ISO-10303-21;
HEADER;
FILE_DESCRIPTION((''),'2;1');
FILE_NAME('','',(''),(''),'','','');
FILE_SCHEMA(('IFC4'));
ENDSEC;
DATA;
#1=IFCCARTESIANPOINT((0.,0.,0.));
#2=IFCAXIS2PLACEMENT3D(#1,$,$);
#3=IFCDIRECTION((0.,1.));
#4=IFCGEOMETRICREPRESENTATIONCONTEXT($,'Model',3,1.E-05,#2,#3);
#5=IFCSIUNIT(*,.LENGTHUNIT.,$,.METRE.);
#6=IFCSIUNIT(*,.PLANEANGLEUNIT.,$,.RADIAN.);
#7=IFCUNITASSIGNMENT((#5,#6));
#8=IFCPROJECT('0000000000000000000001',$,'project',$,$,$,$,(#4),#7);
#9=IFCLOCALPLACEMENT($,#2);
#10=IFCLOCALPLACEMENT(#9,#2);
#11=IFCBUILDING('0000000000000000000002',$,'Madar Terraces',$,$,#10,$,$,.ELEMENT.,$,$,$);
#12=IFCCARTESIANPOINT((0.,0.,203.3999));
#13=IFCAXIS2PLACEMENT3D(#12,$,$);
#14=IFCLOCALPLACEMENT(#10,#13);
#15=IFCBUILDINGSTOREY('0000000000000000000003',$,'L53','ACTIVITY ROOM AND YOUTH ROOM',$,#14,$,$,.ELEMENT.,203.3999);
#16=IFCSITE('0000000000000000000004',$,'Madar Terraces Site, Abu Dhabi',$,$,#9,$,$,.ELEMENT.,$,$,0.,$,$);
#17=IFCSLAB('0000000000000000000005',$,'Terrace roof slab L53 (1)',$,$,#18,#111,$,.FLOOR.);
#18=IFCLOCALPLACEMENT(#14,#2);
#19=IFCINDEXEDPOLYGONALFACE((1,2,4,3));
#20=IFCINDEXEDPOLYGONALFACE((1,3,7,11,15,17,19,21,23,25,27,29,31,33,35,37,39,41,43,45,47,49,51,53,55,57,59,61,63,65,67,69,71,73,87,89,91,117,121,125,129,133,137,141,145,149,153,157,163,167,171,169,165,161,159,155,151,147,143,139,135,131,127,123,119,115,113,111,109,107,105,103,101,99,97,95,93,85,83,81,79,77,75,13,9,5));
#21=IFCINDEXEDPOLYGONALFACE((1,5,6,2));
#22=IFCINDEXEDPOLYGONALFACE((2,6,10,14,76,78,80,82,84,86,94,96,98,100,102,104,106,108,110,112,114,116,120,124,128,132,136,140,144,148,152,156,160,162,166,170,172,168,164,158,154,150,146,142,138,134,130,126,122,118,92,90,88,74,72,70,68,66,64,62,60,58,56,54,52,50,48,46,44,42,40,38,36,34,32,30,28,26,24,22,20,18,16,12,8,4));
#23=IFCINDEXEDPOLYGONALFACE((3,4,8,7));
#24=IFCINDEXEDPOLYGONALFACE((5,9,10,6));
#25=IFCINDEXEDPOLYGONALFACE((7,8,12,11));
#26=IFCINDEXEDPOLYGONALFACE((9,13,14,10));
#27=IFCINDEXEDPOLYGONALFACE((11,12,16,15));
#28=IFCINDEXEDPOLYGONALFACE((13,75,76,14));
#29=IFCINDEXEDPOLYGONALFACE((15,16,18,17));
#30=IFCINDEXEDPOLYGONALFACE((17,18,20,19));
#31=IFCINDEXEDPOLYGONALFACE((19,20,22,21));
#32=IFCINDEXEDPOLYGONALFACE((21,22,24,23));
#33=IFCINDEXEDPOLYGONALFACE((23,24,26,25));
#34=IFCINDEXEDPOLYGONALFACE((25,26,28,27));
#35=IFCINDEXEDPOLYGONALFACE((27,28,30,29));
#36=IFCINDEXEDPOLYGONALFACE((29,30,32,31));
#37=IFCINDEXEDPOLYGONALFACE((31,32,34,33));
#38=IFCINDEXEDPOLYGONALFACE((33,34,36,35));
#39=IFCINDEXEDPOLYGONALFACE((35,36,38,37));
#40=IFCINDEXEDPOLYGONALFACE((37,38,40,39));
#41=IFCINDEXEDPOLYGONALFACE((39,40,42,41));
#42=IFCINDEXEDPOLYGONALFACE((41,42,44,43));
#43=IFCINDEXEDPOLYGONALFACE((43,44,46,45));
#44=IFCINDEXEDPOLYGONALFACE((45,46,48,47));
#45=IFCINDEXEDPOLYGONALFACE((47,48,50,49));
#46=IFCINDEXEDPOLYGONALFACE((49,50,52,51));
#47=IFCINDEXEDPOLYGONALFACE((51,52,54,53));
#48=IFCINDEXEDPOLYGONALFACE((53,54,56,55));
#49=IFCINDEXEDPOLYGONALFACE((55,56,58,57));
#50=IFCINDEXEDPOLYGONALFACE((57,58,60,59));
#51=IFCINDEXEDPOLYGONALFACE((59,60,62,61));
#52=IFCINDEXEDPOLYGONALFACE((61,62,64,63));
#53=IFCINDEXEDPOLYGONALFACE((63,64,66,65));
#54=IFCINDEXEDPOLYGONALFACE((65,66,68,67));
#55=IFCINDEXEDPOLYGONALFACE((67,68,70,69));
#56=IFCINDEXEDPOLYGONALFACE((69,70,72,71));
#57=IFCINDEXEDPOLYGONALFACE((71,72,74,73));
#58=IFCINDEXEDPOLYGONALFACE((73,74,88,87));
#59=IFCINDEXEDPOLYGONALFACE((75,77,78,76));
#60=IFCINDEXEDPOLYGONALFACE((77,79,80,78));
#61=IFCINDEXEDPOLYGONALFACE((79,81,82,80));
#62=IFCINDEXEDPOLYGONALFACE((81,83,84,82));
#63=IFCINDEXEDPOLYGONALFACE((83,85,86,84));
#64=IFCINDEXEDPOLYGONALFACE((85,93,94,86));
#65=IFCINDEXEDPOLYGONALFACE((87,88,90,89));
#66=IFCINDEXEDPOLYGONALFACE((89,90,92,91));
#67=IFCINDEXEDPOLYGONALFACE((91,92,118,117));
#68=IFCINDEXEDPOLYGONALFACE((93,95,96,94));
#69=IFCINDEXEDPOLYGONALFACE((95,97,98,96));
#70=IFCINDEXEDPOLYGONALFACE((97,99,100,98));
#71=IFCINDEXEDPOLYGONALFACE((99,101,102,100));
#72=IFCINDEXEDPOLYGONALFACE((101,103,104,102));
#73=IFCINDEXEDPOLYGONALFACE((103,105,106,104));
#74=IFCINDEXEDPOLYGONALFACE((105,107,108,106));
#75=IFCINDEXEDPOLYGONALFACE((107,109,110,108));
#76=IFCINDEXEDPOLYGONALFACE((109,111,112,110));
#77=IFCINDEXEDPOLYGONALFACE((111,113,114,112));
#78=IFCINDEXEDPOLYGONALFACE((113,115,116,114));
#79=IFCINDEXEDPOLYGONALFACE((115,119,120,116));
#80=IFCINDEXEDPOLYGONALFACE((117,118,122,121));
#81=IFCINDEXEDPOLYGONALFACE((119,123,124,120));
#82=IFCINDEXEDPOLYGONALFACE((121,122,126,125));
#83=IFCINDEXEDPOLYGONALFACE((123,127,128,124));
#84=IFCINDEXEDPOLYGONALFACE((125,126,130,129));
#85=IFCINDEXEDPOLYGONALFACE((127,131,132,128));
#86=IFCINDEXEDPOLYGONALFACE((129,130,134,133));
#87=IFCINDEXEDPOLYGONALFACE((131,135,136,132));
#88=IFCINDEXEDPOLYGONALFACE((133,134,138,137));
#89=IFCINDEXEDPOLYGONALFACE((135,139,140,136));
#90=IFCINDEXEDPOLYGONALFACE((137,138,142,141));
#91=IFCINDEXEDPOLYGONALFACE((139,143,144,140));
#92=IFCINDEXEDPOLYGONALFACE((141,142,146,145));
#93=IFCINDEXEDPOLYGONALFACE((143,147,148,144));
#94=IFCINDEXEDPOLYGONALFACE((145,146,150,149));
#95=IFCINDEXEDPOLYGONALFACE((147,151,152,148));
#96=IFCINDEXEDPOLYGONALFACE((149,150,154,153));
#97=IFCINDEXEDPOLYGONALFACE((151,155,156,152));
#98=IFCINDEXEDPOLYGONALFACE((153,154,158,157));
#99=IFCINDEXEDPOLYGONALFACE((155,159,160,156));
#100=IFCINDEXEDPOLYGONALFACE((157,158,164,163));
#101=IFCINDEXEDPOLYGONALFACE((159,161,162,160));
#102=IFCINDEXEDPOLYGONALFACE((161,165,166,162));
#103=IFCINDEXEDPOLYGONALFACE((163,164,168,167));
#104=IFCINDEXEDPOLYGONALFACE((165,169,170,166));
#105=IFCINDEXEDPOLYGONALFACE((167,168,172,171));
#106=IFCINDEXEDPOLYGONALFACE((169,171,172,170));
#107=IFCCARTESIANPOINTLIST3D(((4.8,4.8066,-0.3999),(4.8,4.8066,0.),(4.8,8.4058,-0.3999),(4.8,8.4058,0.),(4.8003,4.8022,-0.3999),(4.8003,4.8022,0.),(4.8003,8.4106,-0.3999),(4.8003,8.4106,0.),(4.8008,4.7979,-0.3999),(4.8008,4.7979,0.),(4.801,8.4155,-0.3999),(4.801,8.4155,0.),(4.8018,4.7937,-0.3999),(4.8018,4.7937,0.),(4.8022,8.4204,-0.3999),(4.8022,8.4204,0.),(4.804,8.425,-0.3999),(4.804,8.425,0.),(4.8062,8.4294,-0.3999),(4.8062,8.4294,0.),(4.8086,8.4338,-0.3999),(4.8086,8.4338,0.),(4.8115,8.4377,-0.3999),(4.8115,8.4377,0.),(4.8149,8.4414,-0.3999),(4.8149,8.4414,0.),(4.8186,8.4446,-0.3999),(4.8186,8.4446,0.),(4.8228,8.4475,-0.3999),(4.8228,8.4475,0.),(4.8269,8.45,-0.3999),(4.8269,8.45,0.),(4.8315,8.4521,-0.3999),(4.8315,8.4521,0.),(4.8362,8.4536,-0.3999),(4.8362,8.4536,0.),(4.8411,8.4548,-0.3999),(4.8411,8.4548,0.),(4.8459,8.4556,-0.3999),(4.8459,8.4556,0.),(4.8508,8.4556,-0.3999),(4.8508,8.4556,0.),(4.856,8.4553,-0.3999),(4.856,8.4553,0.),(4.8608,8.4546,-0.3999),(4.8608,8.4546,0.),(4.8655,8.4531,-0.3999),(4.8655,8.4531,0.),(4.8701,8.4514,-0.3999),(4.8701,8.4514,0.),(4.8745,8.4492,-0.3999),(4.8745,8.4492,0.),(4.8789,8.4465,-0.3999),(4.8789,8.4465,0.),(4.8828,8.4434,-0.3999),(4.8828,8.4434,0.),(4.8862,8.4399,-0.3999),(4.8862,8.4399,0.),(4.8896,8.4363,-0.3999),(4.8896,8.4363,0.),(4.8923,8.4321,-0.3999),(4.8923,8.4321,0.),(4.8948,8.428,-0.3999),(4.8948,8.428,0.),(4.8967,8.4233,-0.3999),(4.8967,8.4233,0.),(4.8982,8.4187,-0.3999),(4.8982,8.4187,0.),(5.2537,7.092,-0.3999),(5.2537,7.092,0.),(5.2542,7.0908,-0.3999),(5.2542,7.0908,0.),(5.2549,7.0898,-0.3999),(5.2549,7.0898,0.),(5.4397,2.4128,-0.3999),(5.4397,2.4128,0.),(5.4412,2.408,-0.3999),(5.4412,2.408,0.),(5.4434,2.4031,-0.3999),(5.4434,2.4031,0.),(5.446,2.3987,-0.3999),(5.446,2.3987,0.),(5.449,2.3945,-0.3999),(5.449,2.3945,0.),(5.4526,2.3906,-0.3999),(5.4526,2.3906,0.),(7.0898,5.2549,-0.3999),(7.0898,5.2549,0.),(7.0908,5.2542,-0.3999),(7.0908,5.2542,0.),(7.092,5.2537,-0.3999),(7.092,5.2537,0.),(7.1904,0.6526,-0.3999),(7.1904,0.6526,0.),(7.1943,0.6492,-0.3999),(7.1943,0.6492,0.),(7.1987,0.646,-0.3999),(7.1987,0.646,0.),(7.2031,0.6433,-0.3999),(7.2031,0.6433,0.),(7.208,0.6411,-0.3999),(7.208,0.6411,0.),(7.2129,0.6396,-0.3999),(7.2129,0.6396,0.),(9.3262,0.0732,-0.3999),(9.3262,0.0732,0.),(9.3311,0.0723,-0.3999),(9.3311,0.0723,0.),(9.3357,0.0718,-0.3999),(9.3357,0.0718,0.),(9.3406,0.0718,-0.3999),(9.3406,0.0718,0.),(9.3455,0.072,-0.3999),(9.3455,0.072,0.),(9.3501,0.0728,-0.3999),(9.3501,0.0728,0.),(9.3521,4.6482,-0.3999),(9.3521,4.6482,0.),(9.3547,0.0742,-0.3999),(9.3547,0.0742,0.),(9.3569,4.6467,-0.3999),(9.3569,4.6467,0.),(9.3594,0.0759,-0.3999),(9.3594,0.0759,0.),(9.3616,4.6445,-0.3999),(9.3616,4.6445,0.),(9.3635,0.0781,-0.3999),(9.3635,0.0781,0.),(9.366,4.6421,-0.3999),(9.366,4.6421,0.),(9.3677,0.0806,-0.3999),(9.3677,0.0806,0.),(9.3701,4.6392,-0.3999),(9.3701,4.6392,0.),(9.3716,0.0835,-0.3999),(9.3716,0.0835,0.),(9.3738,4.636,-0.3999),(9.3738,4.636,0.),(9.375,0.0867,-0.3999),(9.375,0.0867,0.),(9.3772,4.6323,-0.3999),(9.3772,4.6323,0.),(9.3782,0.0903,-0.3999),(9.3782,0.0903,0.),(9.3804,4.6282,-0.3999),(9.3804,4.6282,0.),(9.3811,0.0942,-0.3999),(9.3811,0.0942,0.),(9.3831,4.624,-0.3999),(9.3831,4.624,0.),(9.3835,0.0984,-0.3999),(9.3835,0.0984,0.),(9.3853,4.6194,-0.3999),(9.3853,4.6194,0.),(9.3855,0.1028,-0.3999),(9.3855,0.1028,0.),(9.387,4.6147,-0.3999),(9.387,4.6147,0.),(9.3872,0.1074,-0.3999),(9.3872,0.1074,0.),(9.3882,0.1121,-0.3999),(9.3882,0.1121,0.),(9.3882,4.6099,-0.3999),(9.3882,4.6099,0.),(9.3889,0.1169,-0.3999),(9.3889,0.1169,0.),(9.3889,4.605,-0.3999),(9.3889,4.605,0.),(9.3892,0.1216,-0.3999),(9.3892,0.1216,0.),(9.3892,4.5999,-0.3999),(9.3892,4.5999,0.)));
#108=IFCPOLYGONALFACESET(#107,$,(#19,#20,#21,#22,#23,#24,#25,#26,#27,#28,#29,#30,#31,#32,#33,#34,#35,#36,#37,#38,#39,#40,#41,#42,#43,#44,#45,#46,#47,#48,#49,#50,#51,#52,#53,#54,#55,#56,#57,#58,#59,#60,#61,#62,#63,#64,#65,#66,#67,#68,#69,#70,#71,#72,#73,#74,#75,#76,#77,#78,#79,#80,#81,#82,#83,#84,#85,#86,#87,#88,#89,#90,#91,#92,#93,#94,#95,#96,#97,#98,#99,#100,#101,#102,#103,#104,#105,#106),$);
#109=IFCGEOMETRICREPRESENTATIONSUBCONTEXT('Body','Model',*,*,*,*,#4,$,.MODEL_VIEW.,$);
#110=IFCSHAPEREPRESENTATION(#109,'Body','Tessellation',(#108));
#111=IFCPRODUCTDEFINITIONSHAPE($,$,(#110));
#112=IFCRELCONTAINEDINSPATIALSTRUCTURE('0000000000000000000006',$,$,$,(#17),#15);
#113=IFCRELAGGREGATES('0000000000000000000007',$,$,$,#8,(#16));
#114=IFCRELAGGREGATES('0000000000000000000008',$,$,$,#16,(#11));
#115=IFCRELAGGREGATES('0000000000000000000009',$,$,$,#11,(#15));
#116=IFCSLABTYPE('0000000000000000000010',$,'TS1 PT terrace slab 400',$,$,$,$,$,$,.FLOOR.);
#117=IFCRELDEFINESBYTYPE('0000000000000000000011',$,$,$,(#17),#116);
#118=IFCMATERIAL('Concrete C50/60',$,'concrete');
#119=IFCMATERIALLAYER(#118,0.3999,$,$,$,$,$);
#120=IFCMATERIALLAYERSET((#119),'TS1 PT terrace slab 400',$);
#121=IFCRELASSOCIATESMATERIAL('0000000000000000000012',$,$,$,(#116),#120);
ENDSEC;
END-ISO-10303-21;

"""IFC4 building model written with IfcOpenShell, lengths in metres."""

from ifc_helpers import new_model, si_unit, direction, frame, origin, place, context, subcontext, project, spatial, polyline, outline, extrude, material, layer, layer_set, type_object, element, save


model = new_model("IFC4")

# Units and contexts
model_context = context("Model", 3, precision=1e-05, world=origin(), true_north=direction((0.0, 1.0)))
body_context = subcontext(model_context, "Body", "Model", "MODEL_VIEW")
ifc_project = project(units=[si_unit("LENGTHUNIT", "METRE"), si_unit("PLANEANGLEUNIT", "RADIAN")], contexts=[model_context])

# Site, building, storey
site_placement = place(None, origin())
site = spatial("IfcSite", under=ifc_project, at=site_placement, Name="Madar Terraces Site, Abu Dhabi", CompositionType="ELEMENT", RefElevation=0.0)
building_placement = place(site_placement, origin())
building = spatial("IfcBuilding", under=site, at=building_placement, Name="Madar Terraces", CompositionType="ELEMENT")
storey_placement = place(building_placement, frame((0.0, 0.0, 203.3999)))
storey = spatial("IfcBuildingStorey", under=building, at=storey_placement, Name="L53", Description="ACTIVITY ROOM AND YOUTH ROOM", CompositionType="ELEMENT", Elevation=203.3999)

# Slab
ifc_material_1 = material(Name="Concrete C50/60", Category="concrete")
ifc_layer_1 = layer(ifc_material_1, 0.3999)
ifc_layer_set_1 = layer_set([ifc_layer_1], Name="TS1 PT terrace slab 400")
slab_type_1 = type_object("IfcSlabType", Name="TS1 PT terrace slab 400", PredefinedType="FLOOR", material=ifc_layer_set_1)
slab_1_placement = place(storey_placement, frame((0.0, 0.0, -0.3999)))
element("IfcSlab", 1, at=slab_1_placement, inside=storey, type_object=slab_type_1, Name="Terrace roof slab L53 (1)", PredefinedType="FLOOR", context=body_context, shape_type="SweptSolid", body=[
    extrude(outline(polyline([(7.0898, 5.2549), (5.2549, 7.0898), (5.2542, 7.0908), (5.2537, 7.092), (4.8982, 8.4187), (4.8967, 8.4233), (4.8948, 8.428), (4.8923, 8.4321), (4.8896, 8.4363), (4.8862, 8.4399), (4.8828, 8.4434), (4.8789, 8.4465), (4.8745, 8.4492), (4.8701, 8.4514), (4.8655, 8.4531), (4.8608, 8.4546), (4.856, 8.4553), (4.8508, 8.4556), (4.8459, 8.4556), (4.8411, 8.4548), (4.8362, 8.4536), (4.8315, 8.4521), (4.8269, 8.45), (4.8228, 8.4475), (4.8186, 8.4446), (4.8149, 8.4414), (4.8115, 8.4377), (4.8086, 8.4338), (4.8062, 8.4294), (4.804, 8.425), (4.8022, 8.4204), (4.801, 8.4155), (4.8003, 8.4106), (4.8, 8.4058), (4.8, 4.8066), (4.8003, 4.8022), (4.8008, 4.7979), (4.8018, 4.7937), (5.4397, 2.4128), (5.4412, 2.408), (5.4434, 2.4031), (5.446, 2.3987), (5.449, 2.3945), (5.4526, 2.3906), (7.1904, 0.6526), (7.1943, 0.6492), (7.1987, 0.646), (7.2031, 0.6433), (7.208, 0.6411), (7.2129, 0.6396), (9.3262, 0.0732), (9.3311, 0.0723), (9.3357, 0.0718), (9.3406, 0.0718), (9.3455, 0.072), (9.3501, 0.0728), (9.3547, 0.0742), (9.3594, 0.0759), (9.3635, 0.0781), (9.3677, 0.0806), (9.3716, 0.0835), (9.375, 0.0867), (9.3782, 0.0903), (9.3811, 0.0942), (9.3835, 0.0984), (9.3855, 0.1028), (9.3872, 0.1074), (9.3882, 0.1121), (9.3889, 0.1169), (9.3892, 0.1216), (9.3892, 4.5999), (9.3889, 4.605), (9.3882, 4.6099), (9.387, 4.6147), (9.3853, 4.6194), (9.3831, 4.624), (9.3804, 4.6282), (9.3772, 4.6323), (9.3738, 4.636), (9.3701, 4.6392), (9.366, 4.6421), (9.3616, 4.6445), (9.3569, 4.6467), (9.3521, 4.6482), (7.092, 5.2537), (7.0908, 5.2542), (7.0898, 5.2549)])), origin(), (0.0, 0.0, 1.0), 0.3999),
])

save(model, "model.ifc")
